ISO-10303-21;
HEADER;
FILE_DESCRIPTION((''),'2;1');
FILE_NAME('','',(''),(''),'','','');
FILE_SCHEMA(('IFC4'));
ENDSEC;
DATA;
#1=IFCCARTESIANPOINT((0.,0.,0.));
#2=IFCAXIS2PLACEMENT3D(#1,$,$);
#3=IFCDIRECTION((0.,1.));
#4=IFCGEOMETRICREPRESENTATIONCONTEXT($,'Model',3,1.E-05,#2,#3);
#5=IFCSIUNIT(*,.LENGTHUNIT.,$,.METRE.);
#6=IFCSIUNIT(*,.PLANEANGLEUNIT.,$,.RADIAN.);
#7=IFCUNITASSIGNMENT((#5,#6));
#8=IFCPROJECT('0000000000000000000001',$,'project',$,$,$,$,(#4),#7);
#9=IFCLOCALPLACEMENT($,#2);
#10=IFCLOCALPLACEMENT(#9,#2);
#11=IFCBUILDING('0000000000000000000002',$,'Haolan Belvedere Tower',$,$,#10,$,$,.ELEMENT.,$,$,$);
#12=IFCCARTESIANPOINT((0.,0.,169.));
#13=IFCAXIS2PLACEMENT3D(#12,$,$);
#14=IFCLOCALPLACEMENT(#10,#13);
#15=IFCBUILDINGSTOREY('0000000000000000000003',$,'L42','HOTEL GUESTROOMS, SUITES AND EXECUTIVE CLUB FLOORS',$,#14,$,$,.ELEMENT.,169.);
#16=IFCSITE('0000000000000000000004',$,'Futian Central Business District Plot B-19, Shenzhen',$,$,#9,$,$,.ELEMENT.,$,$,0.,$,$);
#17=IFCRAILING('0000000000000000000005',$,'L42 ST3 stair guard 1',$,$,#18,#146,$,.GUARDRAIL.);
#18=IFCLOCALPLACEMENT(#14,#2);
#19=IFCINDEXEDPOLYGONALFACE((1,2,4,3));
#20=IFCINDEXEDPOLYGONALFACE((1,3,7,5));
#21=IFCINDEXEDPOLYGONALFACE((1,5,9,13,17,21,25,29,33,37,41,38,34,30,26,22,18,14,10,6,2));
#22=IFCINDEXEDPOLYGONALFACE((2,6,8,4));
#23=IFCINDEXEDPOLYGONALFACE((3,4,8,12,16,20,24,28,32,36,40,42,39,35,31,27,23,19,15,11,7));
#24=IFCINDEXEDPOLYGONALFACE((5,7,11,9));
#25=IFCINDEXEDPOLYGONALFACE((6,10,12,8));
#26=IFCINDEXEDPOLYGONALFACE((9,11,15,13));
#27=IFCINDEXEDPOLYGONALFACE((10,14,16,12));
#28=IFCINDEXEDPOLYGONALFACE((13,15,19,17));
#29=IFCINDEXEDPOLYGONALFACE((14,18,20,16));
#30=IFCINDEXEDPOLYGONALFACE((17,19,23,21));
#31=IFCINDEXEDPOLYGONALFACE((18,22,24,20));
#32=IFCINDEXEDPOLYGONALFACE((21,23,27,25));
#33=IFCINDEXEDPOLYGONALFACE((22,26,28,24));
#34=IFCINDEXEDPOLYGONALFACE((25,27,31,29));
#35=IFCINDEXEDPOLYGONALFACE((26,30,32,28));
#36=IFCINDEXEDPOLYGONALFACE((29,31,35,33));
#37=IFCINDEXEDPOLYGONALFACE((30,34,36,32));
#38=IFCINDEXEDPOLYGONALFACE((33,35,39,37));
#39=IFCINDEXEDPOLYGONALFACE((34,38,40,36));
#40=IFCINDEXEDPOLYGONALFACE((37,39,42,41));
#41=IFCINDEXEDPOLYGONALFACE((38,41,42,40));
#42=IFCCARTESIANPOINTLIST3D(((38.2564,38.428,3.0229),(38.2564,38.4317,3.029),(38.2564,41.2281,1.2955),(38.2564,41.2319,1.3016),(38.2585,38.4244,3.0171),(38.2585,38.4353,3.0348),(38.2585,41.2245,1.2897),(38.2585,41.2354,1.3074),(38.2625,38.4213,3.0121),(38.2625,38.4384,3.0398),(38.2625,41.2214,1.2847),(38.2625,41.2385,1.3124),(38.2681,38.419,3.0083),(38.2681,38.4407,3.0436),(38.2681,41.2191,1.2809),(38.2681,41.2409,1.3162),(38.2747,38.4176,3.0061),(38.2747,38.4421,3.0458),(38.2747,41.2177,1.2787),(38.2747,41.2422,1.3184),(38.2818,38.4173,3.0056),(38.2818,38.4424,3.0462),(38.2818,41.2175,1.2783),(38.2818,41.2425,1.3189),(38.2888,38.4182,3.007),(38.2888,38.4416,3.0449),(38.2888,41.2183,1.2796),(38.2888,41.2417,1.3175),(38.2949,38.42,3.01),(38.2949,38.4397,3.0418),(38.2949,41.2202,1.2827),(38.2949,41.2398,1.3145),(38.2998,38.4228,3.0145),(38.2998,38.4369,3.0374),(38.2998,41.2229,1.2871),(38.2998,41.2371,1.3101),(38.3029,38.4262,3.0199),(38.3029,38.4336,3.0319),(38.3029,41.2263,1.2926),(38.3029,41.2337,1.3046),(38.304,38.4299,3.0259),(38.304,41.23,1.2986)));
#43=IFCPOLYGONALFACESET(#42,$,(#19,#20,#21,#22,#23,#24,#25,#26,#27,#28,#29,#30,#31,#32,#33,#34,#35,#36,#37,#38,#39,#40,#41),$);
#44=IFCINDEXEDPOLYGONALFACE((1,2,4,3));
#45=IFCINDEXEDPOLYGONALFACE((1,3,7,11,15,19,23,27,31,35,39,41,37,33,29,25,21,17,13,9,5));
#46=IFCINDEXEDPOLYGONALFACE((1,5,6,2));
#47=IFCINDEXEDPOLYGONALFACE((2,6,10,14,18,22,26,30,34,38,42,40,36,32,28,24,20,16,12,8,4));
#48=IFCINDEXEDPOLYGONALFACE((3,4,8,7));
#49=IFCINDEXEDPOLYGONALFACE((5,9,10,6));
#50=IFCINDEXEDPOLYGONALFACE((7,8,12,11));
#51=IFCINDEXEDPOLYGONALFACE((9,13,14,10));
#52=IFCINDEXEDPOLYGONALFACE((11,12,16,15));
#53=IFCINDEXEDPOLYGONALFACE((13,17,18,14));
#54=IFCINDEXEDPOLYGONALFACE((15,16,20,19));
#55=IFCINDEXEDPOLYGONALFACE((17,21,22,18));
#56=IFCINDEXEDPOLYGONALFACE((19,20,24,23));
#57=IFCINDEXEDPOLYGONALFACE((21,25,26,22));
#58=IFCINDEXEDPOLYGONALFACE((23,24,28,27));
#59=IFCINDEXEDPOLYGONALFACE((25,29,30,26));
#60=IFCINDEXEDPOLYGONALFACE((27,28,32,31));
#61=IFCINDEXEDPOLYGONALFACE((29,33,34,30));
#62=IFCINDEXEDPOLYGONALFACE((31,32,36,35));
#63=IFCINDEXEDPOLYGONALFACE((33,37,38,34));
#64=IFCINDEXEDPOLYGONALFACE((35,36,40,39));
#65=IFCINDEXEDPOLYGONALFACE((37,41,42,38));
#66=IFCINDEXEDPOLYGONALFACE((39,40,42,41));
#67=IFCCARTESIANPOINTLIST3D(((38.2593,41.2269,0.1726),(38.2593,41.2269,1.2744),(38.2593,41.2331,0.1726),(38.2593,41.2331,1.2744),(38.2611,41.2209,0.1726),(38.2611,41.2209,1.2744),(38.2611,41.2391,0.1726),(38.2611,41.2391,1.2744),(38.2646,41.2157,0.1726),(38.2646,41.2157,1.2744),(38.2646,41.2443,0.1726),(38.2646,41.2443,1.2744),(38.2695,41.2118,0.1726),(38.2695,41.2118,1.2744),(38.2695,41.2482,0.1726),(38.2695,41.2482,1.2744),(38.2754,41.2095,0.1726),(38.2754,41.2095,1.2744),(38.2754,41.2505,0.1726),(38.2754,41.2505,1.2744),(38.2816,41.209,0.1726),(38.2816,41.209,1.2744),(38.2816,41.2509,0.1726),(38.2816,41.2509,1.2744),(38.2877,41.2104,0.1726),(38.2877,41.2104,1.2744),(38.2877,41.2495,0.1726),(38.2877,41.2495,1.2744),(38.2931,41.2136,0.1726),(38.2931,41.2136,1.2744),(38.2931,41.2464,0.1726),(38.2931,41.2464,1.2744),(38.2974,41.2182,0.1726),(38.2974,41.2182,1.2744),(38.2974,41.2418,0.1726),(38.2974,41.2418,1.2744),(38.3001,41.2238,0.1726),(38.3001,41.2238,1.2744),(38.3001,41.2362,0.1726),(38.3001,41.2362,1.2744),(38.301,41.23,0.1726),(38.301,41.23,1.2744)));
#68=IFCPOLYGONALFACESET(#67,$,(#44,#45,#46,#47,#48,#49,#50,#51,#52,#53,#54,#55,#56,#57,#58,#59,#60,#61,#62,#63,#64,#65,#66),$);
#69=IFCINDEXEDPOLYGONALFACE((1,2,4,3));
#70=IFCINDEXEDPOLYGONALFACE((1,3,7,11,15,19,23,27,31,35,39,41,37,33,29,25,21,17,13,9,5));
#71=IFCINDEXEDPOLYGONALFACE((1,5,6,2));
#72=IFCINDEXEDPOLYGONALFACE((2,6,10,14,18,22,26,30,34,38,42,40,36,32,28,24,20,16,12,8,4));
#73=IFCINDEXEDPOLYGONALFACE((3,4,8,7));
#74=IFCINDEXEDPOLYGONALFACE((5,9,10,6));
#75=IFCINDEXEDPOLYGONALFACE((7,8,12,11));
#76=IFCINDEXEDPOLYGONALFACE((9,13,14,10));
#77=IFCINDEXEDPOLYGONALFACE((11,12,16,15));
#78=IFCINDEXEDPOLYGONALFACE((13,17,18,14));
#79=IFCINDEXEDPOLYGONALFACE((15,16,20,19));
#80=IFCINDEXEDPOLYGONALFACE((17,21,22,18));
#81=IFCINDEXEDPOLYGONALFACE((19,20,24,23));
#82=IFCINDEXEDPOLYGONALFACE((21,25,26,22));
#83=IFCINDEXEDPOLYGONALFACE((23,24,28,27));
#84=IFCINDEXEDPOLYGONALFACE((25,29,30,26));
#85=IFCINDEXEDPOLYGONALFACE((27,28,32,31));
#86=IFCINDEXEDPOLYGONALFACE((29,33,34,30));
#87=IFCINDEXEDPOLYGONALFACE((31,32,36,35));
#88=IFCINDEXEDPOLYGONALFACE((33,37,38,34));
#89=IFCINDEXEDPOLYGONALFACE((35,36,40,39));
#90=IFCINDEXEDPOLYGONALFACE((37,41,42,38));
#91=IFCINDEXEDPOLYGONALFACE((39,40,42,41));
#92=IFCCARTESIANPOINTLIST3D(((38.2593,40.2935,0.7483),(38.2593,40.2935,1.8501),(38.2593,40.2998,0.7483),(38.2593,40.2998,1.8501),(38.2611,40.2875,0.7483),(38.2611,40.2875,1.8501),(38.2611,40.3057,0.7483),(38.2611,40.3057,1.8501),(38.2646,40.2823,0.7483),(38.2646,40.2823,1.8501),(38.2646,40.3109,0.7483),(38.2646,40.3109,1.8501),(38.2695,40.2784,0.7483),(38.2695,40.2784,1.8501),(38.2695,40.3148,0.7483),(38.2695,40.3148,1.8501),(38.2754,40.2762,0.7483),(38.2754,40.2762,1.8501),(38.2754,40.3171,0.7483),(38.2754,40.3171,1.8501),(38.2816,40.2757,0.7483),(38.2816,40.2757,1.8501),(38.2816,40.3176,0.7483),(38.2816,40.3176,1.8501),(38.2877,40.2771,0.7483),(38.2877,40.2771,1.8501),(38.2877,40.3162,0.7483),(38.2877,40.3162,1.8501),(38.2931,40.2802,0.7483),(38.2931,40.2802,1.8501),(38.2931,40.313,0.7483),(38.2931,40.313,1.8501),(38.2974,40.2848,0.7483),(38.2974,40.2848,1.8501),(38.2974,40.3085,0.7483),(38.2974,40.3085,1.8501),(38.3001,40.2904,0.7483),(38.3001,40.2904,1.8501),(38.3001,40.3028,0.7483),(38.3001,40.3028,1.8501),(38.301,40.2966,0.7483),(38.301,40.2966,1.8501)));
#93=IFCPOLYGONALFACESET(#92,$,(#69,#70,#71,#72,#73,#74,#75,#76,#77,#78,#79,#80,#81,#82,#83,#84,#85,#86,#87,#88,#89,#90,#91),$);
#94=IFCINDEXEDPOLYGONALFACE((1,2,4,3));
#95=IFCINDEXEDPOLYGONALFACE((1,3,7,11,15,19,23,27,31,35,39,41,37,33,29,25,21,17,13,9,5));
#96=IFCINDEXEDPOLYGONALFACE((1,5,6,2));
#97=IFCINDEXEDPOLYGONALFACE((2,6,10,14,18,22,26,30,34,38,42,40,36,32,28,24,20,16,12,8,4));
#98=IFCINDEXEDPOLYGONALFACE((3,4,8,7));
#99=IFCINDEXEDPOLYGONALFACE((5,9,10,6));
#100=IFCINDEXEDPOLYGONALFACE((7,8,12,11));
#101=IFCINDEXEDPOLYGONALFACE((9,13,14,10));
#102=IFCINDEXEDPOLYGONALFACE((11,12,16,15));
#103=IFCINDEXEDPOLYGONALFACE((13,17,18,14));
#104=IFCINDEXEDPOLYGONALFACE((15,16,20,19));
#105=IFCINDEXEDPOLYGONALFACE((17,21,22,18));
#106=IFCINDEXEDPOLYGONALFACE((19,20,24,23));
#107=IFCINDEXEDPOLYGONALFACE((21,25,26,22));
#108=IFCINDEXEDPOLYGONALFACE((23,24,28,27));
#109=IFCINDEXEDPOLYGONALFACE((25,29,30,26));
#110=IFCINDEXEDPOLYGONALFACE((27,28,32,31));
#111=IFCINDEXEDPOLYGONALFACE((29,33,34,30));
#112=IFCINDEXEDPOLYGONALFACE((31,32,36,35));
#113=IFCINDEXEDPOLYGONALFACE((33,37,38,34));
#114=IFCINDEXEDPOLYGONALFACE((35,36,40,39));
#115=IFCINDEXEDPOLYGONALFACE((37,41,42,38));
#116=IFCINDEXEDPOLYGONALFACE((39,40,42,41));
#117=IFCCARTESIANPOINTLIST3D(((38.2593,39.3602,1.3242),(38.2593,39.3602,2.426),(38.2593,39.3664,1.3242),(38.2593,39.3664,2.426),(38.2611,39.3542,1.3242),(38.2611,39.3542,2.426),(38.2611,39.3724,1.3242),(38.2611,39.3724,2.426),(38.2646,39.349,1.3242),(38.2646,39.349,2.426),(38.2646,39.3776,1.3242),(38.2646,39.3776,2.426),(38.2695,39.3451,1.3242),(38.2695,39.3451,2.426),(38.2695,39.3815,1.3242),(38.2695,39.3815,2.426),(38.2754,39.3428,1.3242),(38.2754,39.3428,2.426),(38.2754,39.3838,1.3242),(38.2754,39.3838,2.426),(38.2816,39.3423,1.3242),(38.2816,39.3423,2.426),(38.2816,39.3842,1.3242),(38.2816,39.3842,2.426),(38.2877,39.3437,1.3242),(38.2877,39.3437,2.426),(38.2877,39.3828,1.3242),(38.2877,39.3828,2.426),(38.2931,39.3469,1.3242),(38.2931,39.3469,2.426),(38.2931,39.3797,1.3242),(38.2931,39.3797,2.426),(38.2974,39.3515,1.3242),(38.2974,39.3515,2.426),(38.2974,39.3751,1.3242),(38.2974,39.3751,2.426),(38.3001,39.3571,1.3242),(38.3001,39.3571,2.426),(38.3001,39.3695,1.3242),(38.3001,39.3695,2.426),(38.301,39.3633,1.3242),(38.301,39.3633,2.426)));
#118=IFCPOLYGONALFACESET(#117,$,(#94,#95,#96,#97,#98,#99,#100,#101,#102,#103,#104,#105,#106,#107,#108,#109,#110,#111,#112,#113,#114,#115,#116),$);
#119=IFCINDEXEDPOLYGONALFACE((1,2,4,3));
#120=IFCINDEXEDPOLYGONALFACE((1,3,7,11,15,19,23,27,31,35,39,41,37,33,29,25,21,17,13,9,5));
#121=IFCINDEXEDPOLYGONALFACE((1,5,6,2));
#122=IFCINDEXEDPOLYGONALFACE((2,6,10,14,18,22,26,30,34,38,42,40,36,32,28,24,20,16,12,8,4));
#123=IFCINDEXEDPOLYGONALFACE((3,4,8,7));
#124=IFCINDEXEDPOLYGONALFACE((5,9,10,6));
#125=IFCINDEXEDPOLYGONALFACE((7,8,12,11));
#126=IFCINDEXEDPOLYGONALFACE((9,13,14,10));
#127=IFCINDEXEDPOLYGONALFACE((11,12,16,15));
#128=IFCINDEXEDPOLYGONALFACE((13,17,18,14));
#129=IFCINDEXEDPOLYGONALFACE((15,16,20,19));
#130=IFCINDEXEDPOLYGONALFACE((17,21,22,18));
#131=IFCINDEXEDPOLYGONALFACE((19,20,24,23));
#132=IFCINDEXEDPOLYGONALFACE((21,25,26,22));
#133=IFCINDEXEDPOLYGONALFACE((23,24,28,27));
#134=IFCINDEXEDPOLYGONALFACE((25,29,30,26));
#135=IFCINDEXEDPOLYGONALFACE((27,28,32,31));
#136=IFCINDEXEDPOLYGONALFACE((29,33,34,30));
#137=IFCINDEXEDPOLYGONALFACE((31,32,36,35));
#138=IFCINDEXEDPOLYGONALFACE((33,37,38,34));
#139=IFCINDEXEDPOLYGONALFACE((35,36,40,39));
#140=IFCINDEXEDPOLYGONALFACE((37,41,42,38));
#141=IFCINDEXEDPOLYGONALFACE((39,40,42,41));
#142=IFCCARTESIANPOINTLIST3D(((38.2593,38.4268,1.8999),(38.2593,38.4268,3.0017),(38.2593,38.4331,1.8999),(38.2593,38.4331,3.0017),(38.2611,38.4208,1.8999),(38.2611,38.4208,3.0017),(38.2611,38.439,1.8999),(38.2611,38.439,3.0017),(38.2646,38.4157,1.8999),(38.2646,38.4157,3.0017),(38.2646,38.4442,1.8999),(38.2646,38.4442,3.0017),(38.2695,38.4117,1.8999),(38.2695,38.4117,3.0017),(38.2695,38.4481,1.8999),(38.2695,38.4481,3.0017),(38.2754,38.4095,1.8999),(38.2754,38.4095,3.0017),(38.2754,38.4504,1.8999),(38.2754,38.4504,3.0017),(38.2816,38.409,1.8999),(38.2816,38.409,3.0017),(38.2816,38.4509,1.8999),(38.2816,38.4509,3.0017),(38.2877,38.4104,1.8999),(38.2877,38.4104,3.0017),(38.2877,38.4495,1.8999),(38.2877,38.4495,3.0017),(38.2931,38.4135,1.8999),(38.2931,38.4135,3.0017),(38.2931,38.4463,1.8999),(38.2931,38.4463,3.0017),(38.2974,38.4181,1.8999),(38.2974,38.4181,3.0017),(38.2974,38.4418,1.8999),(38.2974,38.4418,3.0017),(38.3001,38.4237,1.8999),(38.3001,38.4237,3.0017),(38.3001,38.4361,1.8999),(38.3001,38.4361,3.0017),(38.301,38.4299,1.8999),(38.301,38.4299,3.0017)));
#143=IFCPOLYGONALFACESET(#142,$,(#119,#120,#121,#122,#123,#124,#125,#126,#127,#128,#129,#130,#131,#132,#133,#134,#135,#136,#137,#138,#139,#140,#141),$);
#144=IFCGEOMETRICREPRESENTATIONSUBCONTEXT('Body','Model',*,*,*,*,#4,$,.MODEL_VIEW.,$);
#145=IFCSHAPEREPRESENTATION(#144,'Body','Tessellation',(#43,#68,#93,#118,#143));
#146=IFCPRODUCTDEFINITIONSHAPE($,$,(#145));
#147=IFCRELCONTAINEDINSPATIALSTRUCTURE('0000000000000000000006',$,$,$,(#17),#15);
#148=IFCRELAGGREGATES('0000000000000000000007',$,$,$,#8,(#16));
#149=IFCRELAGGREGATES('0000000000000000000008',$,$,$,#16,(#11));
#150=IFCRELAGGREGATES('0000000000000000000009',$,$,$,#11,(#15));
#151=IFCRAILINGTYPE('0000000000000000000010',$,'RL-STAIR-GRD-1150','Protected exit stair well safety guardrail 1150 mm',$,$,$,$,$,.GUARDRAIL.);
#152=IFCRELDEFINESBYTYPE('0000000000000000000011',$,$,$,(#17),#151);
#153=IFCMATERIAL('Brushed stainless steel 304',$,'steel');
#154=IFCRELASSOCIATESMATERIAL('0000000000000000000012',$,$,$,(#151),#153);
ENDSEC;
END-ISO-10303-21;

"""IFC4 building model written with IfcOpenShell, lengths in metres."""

from ifc_helpers import new_model, si_unit, direction, frame, origin, origin_2d, place, context, subcontext, project, spatial, circle, extrude, material, type_object, element, save


model = new_model("IFC4")

# Units and contexts
model_context = context("Model", 3, precision=1e-05, world=origin(), true_north=direction((0.0, 1.0)))
body_context = subcontext(model_context, "Body", "Model", "MODEL_VIEW")
ifc_project = project(units=[si_unit("LENGTHUNIT", "METRE"), si_unit("PLANEANGLEUNIT", "RADIAN")], contexts=[model_context])

# Site, building, storey
site_placement = place(None, origin())
site = spatial("IfcSite", under=ifc_project, at=site_placement, Name="Futian Central Business District Plot B-19, Shenzhen", CompositionType="ELEMENT", RefElevation=0.0)
building_placement = place(site_placement, origin())
building = spatial("IfcBuilding", under=site, at=building_placement, Name="Haolan Belvedere Tower", CompositionType="ELEMENT")
storey_placement = place(building_placement, frame((0.0, 0.0, 169.0)))
storey = spatial("IfcBuildingStorey", under=building, at=storey_placement, Name="L42", Description="HOTEL GUESTROOMS, SUITES AND EXECUTIVE CLUB FLOORS", CompositionType="ELEMENT", Elevation=169.0)

# Railing
ifc_material_1 = material(Name="Brushed stainless steel 304", Category="steel")
railing_type_1 = type_object("IfcRailingType", Name="RL-STAIR-GRD-1150", Description="Protected exit stair well safety guardrail 1150 mm", PredefinedType="GUARDRAIL", material=ifc_material_1)
railing_1_placement = place(storey_placement, frame((38.28, 41.23, 0.1726)))
element("IfcRailing", 1, at=railing_1_placement, inside=storey, type_object=railing_type_1, Name="L42 ST3 stair guard 1", PredefinedType="GUARDRAIL", context=body_context, shape_type="SweptSolid", body=[
    extrude(circle(Radius=0.0239, at=origin_2d()), frame((0.0, 0.0, 1.126), z_axis=(0.0, -0.85109, 0.52502), x_axis=(1.0, 0.0, 0.0)), (0.0, 0.0, 1.0), 3.29),
    extrude(circle(Radius=0.021, at=origin_2d()), origin(), (0.0, 0.0, 1.0), 1.1018),
    extrude(circle(Radius=0.021, at=origin_2d()), frame((0.0, -0.9333, 0.5757)), (0.0, 0.0, 1.0), 1.1018),
    extrude(circle(Radius=0.021, at=origin_2d()), frame((0.0, -1.8667, 1.1516)), (0.0, 0.0, 1.0), 1.1018),
    extrude(circle(Radius=0.021, at=origin_2d()), frame((0.0, -2.8, 1.7273)), (0.0, 0.0, 1.0), 1.1018),
])

save(model, "model.ifc")
